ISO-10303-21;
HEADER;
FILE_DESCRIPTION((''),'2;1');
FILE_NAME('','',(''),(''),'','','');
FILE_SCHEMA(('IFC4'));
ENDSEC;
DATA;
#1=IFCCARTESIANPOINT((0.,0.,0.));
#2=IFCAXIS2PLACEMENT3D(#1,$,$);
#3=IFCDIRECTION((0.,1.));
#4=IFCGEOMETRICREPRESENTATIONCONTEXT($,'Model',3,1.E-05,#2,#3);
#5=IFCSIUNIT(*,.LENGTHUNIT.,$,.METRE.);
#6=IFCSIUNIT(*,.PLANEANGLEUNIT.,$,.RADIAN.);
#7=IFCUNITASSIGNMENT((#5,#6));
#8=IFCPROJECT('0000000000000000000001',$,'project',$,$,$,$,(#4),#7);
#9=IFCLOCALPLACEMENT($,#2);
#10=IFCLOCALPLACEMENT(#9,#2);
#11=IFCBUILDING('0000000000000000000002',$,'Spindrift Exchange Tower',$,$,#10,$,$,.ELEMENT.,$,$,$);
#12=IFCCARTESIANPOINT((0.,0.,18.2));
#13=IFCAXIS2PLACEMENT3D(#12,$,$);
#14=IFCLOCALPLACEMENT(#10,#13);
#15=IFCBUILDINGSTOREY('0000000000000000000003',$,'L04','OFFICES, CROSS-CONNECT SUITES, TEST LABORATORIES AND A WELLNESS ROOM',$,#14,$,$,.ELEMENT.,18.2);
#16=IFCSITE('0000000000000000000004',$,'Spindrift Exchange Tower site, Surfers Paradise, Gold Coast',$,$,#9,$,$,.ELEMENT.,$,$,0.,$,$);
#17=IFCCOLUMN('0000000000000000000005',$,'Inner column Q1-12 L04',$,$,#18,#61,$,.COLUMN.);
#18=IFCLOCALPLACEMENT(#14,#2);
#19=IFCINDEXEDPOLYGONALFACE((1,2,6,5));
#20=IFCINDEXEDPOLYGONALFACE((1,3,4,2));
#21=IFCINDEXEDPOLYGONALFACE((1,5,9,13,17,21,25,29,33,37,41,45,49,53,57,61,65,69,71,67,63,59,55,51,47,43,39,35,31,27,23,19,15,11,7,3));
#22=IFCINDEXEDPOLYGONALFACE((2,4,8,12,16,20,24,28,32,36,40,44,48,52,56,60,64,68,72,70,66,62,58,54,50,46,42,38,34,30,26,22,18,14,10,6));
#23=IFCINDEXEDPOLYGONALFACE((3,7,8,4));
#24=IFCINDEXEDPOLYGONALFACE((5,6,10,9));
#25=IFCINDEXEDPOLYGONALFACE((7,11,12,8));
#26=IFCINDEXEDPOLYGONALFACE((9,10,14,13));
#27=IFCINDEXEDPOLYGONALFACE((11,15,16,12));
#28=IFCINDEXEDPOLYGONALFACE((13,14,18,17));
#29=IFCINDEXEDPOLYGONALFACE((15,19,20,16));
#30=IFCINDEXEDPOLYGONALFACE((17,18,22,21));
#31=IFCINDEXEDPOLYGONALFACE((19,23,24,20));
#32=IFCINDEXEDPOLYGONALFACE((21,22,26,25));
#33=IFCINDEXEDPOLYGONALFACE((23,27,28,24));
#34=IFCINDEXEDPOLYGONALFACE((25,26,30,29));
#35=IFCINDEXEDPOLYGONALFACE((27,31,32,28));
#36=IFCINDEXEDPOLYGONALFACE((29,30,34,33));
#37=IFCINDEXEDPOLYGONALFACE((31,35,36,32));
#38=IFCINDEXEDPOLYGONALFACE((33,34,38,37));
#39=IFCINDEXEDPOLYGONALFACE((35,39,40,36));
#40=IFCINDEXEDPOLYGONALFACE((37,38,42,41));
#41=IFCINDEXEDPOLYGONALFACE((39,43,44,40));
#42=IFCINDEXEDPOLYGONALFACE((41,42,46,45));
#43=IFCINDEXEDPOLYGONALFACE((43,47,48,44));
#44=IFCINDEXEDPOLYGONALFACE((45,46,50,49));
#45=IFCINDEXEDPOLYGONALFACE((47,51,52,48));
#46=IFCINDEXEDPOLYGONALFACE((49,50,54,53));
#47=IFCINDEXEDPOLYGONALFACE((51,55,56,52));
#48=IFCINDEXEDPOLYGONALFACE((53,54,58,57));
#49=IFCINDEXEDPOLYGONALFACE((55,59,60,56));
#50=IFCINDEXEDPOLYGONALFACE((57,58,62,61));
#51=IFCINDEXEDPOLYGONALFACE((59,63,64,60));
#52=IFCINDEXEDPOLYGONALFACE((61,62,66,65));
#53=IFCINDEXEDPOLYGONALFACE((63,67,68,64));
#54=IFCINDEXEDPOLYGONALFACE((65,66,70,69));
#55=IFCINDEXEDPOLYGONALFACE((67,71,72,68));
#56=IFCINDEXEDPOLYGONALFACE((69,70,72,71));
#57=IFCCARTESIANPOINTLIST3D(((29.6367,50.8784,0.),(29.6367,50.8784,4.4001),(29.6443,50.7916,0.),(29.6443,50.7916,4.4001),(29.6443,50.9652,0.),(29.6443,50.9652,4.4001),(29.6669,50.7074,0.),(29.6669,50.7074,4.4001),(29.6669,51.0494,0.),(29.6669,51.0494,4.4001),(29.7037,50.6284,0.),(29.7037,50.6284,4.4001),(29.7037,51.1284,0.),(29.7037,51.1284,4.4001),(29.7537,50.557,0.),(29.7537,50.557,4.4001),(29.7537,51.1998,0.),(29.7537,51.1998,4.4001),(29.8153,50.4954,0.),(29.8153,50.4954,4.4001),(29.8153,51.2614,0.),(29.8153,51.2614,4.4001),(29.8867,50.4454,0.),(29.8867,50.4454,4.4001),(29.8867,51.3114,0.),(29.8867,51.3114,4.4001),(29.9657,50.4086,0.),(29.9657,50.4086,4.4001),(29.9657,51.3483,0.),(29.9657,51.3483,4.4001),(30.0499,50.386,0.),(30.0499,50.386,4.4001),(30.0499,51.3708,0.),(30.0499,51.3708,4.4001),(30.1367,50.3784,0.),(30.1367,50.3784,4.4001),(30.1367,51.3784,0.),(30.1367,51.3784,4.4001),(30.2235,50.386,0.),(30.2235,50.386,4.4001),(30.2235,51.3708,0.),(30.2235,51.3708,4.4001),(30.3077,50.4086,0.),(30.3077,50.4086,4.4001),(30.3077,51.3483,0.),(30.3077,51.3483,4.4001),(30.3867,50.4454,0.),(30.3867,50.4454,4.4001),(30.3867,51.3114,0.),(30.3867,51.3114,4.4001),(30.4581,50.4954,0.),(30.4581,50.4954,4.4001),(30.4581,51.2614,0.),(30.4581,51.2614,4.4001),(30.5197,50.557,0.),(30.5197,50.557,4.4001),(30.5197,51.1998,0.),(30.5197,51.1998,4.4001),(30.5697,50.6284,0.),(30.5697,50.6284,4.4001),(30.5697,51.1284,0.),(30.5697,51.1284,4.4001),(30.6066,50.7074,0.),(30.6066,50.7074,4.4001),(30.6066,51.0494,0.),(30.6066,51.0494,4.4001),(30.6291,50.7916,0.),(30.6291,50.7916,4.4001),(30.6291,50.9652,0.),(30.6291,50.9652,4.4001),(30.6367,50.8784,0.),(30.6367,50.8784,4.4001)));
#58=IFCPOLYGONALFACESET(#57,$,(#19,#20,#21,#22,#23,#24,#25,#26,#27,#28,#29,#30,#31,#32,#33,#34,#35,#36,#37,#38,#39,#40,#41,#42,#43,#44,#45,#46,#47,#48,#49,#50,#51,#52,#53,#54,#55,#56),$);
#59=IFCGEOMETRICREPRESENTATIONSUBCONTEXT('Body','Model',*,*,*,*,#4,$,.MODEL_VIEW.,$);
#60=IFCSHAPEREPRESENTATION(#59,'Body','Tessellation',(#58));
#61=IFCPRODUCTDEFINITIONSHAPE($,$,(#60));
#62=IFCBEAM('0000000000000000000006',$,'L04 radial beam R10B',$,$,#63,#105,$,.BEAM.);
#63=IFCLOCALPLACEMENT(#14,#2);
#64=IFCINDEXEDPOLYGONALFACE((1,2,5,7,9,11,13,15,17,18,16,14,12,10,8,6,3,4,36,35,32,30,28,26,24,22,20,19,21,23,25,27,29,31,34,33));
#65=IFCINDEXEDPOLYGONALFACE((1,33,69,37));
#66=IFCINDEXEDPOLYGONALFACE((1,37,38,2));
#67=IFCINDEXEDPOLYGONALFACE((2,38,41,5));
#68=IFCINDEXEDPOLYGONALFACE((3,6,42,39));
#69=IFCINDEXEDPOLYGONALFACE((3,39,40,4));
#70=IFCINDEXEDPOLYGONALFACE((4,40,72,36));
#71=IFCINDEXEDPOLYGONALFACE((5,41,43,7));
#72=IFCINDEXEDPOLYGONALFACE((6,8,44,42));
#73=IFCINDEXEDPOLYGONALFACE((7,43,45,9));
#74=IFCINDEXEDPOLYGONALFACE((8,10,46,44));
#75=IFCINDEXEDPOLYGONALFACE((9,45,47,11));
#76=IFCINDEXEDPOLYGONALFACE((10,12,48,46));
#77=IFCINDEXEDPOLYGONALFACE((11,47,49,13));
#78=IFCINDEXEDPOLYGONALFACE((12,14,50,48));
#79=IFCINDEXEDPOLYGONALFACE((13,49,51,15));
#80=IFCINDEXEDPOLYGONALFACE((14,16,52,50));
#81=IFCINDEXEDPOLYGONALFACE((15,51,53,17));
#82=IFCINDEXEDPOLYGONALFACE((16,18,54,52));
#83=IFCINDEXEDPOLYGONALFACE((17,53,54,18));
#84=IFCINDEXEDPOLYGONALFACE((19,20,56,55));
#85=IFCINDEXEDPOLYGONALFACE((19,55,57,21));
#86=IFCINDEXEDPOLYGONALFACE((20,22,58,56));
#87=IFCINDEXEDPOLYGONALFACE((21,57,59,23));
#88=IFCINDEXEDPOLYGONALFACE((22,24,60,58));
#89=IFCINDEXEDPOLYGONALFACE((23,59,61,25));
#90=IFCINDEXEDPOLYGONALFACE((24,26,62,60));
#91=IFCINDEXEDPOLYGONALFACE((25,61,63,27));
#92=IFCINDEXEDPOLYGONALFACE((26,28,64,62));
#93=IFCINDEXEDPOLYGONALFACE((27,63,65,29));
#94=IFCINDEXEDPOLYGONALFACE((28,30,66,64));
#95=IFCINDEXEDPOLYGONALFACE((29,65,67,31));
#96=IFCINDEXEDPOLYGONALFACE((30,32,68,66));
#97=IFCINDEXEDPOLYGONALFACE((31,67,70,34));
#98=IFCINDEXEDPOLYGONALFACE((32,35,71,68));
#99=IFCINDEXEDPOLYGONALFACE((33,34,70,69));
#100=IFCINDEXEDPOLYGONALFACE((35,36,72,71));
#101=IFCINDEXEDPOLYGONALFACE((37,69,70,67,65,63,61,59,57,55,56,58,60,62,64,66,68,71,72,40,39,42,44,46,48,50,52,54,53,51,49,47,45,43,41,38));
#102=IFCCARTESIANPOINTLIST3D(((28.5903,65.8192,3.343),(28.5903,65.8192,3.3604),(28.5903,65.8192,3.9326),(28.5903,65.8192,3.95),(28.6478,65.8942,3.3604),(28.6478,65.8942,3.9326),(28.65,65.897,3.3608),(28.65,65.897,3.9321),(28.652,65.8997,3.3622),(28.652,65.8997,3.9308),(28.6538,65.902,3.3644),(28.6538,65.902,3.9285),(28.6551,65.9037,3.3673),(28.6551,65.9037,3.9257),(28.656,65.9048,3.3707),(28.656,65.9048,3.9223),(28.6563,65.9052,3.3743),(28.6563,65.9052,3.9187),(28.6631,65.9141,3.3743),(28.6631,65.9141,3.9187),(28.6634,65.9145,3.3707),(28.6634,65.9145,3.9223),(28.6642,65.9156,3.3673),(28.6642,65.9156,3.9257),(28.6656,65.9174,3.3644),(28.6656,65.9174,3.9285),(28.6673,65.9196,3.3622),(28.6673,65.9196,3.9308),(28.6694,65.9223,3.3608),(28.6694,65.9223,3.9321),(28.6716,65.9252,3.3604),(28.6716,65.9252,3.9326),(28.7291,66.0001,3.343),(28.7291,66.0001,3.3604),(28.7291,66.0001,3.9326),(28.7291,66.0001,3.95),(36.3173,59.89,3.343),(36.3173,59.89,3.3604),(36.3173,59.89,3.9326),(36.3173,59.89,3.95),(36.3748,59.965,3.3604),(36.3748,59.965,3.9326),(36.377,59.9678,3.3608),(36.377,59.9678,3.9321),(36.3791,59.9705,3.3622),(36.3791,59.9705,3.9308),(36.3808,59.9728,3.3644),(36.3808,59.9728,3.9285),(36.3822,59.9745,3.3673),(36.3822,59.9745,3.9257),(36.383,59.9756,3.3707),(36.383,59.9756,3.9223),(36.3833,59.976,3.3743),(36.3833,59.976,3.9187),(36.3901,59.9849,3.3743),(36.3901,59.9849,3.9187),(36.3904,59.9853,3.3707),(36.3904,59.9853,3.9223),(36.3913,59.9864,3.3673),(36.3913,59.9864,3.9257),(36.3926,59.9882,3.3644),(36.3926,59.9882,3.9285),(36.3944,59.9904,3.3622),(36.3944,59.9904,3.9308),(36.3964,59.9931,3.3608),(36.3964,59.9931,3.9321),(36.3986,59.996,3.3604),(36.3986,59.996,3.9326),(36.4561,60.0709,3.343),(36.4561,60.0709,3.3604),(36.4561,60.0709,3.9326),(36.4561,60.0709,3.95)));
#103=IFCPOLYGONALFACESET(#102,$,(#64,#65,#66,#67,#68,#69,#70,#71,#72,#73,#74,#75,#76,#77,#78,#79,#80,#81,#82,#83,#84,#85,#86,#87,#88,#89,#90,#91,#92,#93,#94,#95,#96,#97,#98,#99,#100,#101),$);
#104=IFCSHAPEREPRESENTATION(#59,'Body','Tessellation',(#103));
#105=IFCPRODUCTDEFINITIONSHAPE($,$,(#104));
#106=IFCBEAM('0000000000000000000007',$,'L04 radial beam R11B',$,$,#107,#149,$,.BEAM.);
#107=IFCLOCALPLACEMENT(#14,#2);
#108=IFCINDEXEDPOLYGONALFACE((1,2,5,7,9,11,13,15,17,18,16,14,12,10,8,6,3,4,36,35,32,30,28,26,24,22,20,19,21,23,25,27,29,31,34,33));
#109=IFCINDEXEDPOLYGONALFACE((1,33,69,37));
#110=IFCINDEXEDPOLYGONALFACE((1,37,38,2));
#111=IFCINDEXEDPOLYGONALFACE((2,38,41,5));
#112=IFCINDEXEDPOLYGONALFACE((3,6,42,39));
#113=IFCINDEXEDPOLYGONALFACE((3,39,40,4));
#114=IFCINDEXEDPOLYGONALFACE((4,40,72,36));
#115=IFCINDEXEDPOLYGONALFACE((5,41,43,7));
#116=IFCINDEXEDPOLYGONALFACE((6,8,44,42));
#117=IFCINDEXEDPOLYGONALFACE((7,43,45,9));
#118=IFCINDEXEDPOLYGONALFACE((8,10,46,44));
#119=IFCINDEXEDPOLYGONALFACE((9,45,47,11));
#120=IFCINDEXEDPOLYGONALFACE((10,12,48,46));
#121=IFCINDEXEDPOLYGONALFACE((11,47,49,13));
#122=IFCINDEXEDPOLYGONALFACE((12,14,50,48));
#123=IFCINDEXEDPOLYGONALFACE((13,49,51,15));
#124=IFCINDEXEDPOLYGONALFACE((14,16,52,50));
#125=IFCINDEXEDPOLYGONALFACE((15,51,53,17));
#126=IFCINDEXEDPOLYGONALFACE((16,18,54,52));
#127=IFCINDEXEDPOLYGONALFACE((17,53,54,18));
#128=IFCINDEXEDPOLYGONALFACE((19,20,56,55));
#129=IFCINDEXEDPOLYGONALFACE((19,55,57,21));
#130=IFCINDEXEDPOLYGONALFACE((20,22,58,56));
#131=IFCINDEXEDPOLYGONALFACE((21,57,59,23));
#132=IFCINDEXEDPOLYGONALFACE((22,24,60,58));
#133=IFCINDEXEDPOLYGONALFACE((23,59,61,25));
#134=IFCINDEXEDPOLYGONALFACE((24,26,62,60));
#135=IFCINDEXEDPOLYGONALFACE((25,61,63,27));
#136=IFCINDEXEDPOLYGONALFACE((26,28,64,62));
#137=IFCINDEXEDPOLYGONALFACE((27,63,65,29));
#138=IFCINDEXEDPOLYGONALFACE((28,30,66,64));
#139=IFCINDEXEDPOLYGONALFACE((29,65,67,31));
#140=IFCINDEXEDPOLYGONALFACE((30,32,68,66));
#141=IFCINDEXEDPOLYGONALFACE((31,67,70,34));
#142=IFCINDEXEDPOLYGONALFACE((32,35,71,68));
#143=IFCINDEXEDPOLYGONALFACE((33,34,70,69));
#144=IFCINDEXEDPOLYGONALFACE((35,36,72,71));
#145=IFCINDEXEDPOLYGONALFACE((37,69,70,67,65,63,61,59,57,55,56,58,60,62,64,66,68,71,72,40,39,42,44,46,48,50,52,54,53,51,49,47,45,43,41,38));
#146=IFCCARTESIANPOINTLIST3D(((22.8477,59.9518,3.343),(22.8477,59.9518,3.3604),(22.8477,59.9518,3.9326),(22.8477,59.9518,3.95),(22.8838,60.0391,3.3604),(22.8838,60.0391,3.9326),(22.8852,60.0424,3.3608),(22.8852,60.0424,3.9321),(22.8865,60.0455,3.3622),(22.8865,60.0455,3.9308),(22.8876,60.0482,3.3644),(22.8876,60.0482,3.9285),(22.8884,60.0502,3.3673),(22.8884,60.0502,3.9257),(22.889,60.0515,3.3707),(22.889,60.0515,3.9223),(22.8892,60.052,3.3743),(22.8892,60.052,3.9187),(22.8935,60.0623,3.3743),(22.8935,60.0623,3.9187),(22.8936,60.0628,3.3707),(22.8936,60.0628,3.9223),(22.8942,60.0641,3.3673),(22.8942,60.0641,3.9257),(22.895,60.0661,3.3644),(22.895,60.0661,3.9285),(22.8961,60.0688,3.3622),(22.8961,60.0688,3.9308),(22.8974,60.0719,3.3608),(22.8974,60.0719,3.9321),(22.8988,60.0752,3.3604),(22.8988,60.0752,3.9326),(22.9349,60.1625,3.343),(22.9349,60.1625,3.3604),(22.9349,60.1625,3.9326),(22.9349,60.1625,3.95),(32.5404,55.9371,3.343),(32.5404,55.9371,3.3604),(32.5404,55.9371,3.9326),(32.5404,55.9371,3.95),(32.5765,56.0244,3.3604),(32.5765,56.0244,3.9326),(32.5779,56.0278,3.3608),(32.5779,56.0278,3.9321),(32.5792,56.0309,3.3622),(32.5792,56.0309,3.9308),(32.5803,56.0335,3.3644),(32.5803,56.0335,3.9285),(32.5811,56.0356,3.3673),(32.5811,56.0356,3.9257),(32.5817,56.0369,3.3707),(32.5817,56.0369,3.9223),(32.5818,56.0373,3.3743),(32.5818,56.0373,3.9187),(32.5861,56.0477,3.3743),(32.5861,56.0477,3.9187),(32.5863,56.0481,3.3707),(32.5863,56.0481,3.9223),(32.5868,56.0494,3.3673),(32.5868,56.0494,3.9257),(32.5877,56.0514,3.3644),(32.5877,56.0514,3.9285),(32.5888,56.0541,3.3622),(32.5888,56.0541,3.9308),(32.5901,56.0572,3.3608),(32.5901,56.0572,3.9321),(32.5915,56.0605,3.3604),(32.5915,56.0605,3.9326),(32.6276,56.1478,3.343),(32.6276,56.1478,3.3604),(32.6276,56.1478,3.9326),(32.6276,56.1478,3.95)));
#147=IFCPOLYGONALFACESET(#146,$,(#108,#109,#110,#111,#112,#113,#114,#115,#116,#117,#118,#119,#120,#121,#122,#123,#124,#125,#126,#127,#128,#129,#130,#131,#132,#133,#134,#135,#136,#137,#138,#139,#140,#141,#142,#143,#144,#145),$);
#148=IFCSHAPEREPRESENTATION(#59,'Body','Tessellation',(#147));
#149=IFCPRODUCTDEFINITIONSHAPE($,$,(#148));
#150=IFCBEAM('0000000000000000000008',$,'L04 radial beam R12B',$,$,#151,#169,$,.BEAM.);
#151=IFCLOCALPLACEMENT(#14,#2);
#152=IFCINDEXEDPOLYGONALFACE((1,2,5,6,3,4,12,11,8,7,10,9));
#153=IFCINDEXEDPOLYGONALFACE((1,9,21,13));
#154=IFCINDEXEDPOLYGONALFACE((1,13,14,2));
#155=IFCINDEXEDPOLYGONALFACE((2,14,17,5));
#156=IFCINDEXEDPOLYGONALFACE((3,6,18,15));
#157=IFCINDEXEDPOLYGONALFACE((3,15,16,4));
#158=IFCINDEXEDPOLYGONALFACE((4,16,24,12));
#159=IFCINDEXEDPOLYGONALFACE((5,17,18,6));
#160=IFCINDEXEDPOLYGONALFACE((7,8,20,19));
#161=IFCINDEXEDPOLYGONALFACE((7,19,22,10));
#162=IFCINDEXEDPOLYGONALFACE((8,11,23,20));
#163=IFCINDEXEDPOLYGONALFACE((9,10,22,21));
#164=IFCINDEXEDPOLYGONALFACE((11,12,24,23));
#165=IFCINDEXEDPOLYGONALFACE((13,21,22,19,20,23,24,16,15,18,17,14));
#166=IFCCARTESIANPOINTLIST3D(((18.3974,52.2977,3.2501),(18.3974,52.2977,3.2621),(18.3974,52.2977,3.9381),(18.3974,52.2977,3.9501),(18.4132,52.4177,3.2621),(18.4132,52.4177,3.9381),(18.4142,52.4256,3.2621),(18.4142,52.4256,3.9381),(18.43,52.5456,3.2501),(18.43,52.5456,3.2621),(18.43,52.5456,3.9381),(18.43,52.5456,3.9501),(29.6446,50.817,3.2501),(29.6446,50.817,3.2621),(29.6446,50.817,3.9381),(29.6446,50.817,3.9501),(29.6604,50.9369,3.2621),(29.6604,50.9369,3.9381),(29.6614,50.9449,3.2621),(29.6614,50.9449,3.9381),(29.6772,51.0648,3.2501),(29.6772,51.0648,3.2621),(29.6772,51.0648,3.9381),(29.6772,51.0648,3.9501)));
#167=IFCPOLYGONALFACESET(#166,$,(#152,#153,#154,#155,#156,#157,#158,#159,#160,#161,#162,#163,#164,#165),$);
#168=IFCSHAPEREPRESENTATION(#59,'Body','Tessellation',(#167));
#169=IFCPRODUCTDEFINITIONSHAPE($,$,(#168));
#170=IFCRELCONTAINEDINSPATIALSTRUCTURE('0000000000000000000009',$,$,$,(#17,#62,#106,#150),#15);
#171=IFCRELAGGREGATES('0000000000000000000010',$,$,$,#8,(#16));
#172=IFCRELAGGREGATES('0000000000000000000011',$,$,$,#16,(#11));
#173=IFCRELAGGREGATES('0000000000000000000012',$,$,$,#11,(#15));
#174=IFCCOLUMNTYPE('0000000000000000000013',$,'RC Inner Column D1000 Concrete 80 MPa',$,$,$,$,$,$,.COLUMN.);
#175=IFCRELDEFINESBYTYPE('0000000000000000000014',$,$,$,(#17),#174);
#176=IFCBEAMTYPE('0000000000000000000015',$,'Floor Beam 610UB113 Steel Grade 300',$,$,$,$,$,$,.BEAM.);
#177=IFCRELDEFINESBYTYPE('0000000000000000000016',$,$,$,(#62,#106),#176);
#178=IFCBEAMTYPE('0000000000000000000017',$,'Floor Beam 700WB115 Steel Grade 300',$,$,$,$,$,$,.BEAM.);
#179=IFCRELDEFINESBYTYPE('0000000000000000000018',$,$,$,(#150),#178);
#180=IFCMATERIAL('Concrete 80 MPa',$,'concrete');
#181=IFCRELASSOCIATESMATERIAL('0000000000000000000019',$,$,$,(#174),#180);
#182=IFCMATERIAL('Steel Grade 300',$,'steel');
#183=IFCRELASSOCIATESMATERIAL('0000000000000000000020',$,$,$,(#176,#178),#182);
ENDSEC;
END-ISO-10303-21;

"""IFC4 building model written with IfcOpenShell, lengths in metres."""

from ifc_helpers import new_model, si_unit, direction, frame, origin, origin_2d, place, context, subcontext, project, spatial, circle, i_section, extrude, source, transform, mapped, material, material_profile, profile_set, type_object, element, save


model = new_model("IFC4")

# Units and contexts
model_context = context("Model", 3, precision=1e-05, world=origin(), true_north=direction((0.0, 1.0)))
body_context = subcontext(model_context, "Body", "Model", "MODEL_VIEW")
ifc_project = project(units=[si_unit("LENGTHUNIT", "METRE"), si_unit("PLANEANGLEUNIT", "RADIAN")], contexts=[model_context])

# Site, building, storey
site_placement = place(None, origin())
site = spatial("IfcSite", under=ifc_project, at=site_placement, Name="Spindrift Exchange Tower site, Surfers Paradise, Gold Coast", CompositionType="ELEMENT", RefElevation=0.0)
building_placement = place(site_placement, origin())
building = spatial("IfcBuilding", under=site, at=building_placement, Name="Spindrift Exchange Tower", CompositionType="ELEMENT")
storey_placement = place(building_placement, frame((0.0, 0.0, 18.2)))
storey = spatial("IfcBuildingStorey", under=building, at=storey_placement, Name="L04", Description="OFFICES, CROSS-CONNECT SUITES, TEST LABORATORIES AND A WELLNESS ROOM", CompositionType="ELEMENT", Elevation=18.2)

# Column
ifc_material_1 = material(Name="Concrete 80 MPa", Category="concrete")
ifc_material_profile_1 = material_profile(ifc_material_1, circle(Radius=0.5, at=origin_2d()), Name="RC D1000")
ifc_profile_set_1 = profile_set([ifc_material_profile_1], Name="Concrete 80 MPa")
column_type_1 = type_object("IfcColumnType", Name="RC Inner Column D1000 Concrete 80 MPa", PredefinedType="COLUMN", material=ifc_profile_set_1)
shared_shape_1 = source(origin(), body_context, "Body", "SweptSolid", [
    extrude(circle(Radius=0.5, at=origin_2d()), origin(), (0.0, 0.0, 1.0), 4.4001),
])
for number, where, z_axis, x_axis, name in (
    (1, (30.1367, 50.8784, 0.0), (0.0, 0.0, 1.0), (1.0, 0.0, 0.0), "Inner column Q1-12 L04"),
):
    element("IfcColumn", number, at=place(storey_placement, frame(where, z_axis=z_axis, x_axis=x_axis)), inside=storey, type_object=column_type_1, Name=name, PredefinedType="COLUMN", context=body_context, shape_type="MappedRepresentation", body=[
        mapped(shared_shape_1, transform((0.0, 0.0, 0.0), scale=1.0)),
    ])

# Beams
ifc_material_2 = material(Name="Steel Grade 300", Category="steel")
ifc_material_profile_2 = material_profile(ifc_material_2, i_section(OverallWidth=0.228, OverallDepth=0.6069, WebThickness=0.0112, FlangeThickness=0.0173, FilletRadius=0.0139, at=origin_2d()), Name="610UB113")
ifc_profile_set_2 = profile_set([ifc_material_profile_2], Name="Steel Grade 300")
beam_type_1 = type_object("IfcBeamType", Name="Floor Beam 610UB113 Steel Grade 300", PredefinedType="BEAM", material=ifc_profile_set_2)
shared_shape_2 = source(origin(), body_context, "Body", "SweptSolid", [
    extrude(i_section(OverallWidth=0.228, OverallDepth=0.6069, WebThickness=0.0112, FlangeThickness=0.0173, FilletRadius=0.0139, at=origin_2d()), origin(), (0.0, 0.0, 1.0), 9.7397),
])
beam_1_placement = place(storey_placement, frame((36.3867, 59.9805, 3.6465), z_axis=(-0.793352, 0.608763, 0.0), x_axis=(-0.608763, -0.793352, 0.0)))
element("IfcBeam", 2, at=beam_1_placement, inside=storey, type_object=beam_type_1, Name="L04 radial beam R10B", PredefinedType="BEAM", context=body_context, shape_type="MappedRepresentation", body=[
    mapped(shared_shape_2, transform((0.0, 0.0, 0.0), scale=1.0)),
])
shared_shape_3 = source(origin(), body_context, "Body", "SweptSolid", [
    extrude(i_section(OverallWidth=0.228, OverallDepth=0.6069, WebThickness=0.0112, FlangeThickness=0.0173, FilletRadius=0.0139, at=origin_2d()), origin(), (0.0, 0.0, 1.0), 10.4912),
])
beam_2_placement = place(storey_placement, frame((32.584, 56.0425, 3.6465), z_axis=(-0.923885, 0.38267, 0.0), x_axis=(-0.38267, -0.923885, 0.0)))
element("IfcBeam", 3, at=beam_2_placement, inside=storey, type_object=beam_type_1, Name="L04 radial beam R11B", PredefinedType="BEAM", context=body_context, shape_type="MappedRepresentation", body=[
    mapped(shared_shape_3, transform((0.0, 0.0, 0.0), scale=1.0)),
])
ifc_material_profile_3 = material_profile(ifc_material_2, i_section(OverallWidth=0.25, OverallDepth=0.7, WebThickness=0.0081, FlangeThickness=0.012, at=origin_2d()), Name="700WB115")
ifc_profile_set_3 = profile_set([ifc_material_profile_3], Name="Steel Grade 300")
beam_type_2 = type_object("IfcBeamType", Name="Floor Beam 700WB115 Steel Grade 300", PredefinedType="BEAM", material=ifc_profile_set_3)
shared_shape_4 = source(origin(), body_context, "Body", "SweptSolid", [
    extrude(i_section(OverallWidth=0.25, OverallDepth=0.7, WebThickness=0.0081, FlangeThickness=0.012, at=origin_2d()), origin(), (0.0, 0.0, 1.0), 11.3442),
])
beam_3_placement = place(storey_placement, frame((29.6609, 50.9409, 3.6001), z_axis=(-0.991445, 0.130527, 0.0), x_axis=(-0.130527, -0.991445, 0.0)))
element("IfcBeam", 4, at=beam_3_placement, inside=storey, type_object=beam_type_2, Name="L04 radial beam R12B", PredefinedType="BEAM", context=body_context, shape_type="MappedRepresentation", body=[
    mapped(shared_shape_4, transform((0.0, 0.0, 0.0), scale=1.0)),
])

save(model, "model.ifc")
